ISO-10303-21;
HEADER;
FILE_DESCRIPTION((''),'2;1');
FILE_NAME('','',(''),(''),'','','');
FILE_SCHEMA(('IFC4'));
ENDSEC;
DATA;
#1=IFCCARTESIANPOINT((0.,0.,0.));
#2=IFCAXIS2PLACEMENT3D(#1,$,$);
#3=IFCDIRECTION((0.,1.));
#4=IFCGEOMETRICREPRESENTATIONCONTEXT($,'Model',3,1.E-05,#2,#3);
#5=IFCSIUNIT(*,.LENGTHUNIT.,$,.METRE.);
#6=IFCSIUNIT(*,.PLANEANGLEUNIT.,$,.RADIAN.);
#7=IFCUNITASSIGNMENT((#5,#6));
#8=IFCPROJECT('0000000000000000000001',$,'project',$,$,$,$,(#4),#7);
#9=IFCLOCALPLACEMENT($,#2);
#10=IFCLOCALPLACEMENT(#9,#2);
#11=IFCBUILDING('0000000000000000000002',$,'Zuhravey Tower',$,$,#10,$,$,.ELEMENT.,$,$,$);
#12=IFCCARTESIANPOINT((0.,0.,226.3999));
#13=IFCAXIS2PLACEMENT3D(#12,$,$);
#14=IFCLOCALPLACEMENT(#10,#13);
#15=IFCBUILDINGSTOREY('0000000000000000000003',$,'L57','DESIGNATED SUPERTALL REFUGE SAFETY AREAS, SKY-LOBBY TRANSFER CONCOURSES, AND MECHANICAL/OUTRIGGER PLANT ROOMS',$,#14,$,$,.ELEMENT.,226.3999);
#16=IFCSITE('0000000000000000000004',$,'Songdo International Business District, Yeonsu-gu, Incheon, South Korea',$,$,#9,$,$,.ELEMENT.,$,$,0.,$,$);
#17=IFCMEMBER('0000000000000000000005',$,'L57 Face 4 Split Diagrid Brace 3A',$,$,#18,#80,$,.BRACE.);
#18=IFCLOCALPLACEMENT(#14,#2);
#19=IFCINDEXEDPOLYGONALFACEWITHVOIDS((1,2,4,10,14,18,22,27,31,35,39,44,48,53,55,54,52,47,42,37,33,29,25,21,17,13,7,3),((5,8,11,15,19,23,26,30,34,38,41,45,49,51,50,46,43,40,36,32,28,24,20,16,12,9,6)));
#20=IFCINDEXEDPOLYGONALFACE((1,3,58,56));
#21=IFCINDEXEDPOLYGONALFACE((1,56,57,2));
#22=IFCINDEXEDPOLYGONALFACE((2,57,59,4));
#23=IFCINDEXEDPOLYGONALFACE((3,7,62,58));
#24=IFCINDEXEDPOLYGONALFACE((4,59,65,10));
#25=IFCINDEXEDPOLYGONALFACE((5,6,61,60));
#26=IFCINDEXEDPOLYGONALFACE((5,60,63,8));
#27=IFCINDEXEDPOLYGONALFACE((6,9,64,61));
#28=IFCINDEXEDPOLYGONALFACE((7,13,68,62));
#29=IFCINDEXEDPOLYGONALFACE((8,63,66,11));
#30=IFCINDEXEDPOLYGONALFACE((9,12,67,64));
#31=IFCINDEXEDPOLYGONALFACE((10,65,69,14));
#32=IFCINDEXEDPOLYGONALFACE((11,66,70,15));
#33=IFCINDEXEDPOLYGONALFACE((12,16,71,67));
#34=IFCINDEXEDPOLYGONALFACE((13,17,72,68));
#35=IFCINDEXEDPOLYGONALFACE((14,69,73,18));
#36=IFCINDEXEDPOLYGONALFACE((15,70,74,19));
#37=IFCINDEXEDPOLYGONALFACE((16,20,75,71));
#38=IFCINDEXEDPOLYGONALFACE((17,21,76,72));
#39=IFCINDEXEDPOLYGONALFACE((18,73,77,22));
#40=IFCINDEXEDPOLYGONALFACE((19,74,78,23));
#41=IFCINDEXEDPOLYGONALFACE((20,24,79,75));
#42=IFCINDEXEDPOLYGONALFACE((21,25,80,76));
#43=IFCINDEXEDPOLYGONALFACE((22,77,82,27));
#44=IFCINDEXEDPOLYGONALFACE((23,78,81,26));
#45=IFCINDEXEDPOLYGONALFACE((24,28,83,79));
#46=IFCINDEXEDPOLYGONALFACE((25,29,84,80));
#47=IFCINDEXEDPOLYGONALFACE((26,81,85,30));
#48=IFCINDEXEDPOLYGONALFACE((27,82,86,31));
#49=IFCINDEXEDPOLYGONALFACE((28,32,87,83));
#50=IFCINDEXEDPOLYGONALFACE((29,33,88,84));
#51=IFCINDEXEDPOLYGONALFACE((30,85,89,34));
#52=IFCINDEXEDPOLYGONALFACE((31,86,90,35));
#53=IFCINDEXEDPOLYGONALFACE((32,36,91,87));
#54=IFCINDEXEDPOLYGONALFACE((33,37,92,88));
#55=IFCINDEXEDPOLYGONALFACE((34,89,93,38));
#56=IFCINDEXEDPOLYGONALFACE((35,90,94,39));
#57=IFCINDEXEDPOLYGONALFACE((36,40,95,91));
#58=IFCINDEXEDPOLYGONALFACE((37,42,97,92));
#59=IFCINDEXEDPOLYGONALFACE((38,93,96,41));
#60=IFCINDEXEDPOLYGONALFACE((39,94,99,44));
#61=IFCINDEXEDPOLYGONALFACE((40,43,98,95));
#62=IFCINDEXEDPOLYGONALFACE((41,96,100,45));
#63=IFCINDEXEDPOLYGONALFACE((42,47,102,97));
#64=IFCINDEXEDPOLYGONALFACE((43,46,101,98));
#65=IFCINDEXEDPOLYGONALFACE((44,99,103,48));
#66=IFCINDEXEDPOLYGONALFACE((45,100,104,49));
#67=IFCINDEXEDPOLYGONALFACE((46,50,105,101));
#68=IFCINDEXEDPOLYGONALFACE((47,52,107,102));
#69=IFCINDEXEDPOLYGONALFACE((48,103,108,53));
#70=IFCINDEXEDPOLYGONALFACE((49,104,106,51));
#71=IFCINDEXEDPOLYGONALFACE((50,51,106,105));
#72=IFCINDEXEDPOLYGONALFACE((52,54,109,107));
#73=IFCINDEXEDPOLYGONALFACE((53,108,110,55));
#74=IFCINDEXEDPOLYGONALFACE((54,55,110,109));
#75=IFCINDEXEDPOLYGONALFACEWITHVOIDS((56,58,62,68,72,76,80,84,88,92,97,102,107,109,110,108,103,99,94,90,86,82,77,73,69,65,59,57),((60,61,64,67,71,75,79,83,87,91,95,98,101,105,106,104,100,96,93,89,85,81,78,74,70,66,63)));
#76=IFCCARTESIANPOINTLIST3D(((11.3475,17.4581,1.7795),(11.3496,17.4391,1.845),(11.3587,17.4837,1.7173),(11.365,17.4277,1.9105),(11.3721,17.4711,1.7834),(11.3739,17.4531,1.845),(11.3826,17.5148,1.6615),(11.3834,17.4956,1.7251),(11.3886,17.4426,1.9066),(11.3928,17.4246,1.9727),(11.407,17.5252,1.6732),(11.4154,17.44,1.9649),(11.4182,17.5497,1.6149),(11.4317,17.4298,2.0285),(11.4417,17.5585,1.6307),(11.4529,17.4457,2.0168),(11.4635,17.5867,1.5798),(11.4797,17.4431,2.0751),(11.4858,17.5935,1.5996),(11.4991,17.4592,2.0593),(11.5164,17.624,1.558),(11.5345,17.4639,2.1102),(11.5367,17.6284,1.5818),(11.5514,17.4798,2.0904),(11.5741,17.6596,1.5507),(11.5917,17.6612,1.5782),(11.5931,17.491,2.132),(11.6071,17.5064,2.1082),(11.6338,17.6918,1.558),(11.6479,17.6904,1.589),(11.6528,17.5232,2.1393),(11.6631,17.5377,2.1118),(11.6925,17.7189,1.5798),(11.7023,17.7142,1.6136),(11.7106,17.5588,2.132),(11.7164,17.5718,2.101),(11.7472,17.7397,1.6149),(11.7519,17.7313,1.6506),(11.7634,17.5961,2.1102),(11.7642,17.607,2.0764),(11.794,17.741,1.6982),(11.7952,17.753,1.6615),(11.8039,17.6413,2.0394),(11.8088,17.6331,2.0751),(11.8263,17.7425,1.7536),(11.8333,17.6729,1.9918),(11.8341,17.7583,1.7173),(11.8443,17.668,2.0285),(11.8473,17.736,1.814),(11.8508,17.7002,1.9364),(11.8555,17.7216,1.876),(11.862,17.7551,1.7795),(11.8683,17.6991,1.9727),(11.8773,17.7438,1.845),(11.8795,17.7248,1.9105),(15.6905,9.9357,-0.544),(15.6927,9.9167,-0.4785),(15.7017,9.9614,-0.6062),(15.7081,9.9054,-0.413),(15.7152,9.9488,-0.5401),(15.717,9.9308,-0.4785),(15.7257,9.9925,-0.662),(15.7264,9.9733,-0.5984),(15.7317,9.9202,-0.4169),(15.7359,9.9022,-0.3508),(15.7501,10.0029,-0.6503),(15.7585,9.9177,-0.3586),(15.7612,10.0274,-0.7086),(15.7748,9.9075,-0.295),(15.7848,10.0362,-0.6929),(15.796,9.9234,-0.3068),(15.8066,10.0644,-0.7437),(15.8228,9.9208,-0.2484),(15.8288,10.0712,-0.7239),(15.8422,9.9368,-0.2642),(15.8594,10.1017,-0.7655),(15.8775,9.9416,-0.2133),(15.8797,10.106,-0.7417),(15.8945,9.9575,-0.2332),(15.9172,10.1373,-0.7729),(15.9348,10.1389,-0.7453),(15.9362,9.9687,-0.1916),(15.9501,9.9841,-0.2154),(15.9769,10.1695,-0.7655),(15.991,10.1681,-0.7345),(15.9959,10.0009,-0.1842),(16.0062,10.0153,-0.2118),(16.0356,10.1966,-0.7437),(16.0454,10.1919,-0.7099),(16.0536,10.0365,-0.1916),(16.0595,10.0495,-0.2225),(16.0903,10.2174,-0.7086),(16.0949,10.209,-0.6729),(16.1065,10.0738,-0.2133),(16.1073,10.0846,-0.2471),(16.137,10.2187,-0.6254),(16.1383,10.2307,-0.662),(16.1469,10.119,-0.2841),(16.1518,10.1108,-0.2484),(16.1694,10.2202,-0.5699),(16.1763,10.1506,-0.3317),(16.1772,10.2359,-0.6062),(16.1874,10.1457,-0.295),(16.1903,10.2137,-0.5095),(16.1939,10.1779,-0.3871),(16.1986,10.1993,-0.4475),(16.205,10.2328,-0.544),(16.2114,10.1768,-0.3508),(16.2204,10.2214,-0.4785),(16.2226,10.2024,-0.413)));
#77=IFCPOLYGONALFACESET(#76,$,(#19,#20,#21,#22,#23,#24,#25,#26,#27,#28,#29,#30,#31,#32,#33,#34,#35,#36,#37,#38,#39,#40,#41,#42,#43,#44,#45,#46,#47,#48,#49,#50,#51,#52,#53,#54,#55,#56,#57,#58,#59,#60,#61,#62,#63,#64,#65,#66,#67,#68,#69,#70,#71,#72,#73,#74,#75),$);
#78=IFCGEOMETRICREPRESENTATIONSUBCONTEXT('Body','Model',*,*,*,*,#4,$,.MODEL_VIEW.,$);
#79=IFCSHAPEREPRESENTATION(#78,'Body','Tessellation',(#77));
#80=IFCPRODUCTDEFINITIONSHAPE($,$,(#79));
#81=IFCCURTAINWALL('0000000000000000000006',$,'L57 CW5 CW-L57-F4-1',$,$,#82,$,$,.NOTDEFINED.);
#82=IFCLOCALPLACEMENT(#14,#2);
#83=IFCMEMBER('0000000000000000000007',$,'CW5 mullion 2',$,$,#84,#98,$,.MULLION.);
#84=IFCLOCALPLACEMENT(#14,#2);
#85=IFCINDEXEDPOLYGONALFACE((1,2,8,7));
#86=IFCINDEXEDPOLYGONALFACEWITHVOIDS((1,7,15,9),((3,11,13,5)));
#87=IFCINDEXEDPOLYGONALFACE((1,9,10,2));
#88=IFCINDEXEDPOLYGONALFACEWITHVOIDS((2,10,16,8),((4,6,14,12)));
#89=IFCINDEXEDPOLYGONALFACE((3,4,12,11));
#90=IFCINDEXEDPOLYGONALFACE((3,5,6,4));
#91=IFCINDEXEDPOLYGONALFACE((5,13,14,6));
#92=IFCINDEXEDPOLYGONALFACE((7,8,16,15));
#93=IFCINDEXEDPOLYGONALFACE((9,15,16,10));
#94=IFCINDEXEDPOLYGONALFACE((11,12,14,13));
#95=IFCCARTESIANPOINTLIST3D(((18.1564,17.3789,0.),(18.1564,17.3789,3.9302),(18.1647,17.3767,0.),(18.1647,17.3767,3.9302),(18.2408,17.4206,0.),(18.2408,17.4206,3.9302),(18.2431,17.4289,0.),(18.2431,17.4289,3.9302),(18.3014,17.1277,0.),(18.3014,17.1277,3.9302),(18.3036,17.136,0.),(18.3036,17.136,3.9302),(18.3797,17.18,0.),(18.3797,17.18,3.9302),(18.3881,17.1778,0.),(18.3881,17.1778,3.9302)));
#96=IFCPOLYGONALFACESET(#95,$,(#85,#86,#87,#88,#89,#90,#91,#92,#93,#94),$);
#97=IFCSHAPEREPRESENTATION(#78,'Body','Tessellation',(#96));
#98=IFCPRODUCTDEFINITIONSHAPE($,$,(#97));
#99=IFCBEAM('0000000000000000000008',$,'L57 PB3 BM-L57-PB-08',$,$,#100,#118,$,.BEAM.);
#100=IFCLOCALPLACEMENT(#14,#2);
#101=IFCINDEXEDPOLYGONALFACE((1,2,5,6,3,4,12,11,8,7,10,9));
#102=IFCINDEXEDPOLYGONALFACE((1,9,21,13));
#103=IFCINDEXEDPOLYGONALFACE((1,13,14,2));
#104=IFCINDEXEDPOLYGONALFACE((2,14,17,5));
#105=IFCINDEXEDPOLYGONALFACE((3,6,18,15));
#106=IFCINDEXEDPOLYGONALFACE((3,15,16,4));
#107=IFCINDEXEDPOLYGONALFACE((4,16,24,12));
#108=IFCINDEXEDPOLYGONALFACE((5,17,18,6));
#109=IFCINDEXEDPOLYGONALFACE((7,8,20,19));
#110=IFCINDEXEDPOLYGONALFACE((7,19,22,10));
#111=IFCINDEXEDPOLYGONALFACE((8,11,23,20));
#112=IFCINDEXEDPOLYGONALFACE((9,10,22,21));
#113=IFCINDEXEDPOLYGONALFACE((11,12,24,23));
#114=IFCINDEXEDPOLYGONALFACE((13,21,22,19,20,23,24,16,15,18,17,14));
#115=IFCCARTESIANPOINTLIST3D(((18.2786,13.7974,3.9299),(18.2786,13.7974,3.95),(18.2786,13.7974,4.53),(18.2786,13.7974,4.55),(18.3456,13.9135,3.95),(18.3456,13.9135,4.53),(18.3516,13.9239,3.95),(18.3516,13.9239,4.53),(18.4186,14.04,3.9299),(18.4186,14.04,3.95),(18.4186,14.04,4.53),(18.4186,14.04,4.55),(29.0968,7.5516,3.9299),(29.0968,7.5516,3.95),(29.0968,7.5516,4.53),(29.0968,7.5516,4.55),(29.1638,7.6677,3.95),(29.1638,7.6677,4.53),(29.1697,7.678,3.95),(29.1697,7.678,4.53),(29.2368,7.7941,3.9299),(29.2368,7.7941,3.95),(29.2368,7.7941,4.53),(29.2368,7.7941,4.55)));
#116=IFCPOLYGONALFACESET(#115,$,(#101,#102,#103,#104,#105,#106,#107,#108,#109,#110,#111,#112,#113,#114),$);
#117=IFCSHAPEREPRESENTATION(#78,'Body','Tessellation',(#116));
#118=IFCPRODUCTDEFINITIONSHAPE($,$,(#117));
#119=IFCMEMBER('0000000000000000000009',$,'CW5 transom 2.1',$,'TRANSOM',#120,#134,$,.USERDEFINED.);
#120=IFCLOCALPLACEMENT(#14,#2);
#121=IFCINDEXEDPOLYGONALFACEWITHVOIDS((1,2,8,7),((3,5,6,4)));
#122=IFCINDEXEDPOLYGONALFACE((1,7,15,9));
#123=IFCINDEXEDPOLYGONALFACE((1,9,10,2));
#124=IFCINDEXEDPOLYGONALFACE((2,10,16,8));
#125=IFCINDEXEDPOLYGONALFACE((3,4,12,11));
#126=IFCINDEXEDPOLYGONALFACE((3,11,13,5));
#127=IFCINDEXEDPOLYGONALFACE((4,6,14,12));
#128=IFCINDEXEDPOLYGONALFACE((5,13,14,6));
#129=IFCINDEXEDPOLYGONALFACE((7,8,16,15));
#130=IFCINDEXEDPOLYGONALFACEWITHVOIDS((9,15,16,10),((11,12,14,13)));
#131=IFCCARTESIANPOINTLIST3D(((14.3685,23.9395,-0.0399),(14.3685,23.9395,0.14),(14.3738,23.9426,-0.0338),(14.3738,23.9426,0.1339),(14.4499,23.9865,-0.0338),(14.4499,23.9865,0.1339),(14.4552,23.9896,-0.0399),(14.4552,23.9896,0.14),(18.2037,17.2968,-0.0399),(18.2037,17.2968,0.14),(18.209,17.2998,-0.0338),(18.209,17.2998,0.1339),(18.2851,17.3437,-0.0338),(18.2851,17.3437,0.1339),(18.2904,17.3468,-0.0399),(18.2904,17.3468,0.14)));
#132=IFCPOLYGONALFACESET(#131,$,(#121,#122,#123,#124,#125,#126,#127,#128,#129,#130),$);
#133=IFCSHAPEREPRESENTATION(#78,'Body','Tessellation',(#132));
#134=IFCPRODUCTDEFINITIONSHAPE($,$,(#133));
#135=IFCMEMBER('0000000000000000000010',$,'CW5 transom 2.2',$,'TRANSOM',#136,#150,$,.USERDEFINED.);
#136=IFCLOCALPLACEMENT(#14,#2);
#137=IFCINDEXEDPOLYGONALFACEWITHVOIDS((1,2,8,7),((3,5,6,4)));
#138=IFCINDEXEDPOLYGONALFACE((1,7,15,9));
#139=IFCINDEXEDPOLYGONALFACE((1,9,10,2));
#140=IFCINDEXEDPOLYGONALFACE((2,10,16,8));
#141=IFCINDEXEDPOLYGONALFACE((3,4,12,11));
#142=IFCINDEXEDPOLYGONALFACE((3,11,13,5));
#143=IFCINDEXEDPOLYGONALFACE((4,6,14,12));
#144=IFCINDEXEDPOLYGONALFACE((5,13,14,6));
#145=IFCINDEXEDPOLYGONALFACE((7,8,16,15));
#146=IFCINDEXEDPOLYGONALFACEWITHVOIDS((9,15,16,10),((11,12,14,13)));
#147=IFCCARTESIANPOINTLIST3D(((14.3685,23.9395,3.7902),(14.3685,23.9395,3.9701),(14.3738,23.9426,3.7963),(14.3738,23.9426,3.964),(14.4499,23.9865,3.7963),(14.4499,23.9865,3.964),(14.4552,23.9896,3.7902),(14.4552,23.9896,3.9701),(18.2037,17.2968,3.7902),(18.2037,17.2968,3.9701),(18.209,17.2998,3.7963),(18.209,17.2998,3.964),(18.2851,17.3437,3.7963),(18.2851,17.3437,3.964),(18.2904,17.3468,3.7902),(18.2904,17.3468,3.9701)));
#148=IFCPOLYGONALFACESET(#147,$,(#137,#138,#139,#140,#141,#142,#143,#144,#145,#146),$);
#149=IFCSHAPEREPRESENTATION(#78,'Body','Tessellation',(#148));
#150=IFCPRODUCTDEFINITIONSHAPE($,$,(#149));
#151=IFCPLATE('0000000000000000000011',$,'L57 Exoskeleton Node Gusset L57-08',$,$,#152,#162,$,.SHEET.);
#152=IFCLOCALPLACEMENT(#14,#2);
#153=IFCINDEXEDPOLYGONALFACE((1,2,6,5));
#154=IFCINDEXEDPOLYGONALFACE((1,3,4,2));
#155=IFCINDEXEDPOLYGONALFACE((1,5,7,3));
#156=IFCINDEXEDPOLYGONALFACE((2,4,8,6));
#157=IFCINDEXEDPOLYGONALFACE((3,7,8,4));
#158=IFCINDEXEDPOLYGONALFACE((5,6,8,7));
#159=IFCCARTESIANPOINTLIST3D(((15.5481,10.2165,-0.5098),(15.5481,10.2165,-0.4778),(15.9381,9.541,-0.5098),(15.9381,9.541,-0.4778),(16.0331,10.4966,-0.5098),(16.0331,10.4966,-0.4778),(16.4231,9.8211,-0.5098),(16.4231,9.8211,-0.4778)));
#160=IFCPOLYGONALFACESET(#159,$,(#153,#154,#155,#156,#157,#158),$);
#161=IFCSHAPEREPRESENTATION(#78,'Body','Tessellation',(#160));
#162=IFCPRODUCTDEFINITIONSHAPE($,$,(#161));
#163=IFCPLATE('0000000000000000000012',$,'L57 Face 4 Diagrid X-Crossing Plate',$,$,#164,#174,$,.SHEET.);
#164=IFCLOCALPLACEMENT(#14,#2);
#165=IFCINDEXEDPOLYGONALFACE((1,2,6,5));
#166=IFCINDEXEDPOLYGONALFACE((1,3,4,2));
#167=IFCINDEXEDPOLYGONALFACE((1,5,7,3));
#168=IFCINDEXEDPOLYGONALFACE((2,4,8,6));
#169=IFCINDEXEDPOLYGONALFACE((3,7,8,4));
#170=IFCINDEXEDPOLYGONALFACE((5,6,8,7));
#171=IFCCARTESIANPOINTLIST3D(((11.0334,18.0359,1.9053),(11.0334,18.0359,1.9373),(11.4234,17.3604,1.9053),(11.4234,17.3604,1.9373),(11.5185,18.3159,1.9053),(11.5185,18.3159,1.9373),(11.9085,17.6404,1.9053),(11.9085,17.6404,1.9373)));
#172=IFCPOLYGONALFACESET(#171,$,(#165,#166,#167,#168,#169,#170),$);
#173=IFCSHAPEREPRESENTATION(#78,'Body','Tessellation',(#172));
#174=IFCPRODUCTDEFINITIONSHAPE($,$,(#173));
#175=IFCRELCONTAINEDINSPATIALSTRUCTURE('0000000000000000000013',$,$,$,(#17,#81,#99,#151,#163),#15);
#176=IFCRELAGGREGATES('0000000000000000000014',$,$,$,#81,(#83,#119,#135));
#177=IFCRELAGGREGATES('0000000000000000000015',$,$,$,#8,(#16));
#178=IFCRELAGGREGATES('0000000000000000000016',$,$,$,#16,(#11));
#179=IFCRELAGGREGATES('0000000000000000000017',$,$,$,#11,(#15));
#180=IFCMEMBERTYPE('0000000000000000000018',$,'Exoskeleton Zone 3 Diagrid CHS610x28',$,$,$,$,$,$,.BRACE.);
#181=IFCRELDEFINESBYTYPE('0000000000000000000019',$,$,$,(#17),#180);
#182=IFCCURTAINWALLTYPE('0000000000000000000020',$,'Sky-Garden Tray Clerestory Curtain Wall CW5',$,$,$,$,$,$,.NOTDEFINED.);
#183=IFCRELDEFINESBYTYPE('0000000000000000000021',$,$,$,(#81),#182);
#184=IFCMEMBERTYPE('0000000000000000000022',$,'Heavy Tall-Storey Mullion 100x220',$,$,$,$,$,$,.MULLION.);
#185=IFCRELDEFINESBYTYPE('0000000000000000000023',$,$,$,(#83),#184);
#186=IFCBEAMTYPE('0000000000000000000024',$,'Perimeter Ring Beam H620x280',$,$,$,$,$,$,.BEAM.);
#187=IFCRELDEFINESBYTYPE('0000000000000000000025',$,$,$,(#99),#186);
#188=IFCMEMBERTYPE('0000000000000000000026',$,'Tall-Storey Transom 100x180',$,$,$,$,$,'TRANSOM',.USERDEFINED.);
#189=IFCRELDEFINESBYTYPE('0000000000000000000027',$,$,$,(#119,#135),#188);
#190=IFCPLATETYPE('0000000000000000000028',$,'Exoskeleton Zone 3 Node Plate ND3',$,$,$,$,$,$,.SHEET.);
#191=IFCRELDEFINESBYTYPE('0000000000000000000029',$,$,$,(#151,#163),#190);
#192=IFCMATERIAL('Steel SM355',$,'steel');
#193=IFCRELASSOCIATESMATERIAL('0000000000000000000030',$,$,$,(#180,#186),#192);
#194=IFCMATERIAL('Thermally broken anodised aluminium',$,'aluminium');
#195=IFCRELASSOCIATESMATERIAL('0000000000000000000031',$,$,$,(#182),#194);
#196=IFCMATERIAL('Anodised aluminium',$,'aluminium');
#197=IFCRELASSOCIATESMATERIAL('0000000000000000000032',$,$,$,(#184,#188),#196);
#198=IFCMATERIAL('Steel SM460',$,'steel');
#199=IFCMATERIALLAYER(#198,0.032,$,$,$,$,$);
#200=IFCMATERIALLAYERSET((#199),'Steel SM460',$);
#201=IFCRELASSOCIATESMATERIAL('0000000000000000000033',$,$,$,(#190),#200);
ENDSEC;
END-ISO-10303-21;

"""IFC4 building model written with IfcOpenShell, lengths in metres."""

from ifc_helpers import new_model, si_unit, direction, frame, origin, origin_2d, place, context, subcontext, project, spatial, rectangle, hollow_rectangle, hollow_circle, i_section, extrude, material, layer, layer_set, material_profile, profile_set, type_object, element, aggregate, save


model = new_model("IFC4")

# Units and contexts
model_context = context("Model", 3, precision=1e-05, world=origin(), true_north=direction((0.0, 1.0)))
body_context = subcontext(model_context, "Body", "Model", "MODEL_VIEW")
ifc_project = project(units=[si_unit("LENGTHUNIT", "METRE"), si_unit("PLANEANGLEUNIT", "RADIAN")], contexts=[model_context])

# Site, building, storey
site_placement = place(None, origin())
site = spatial("IfcSite", under=ifc_project, at=site_placement, Name="Songdo International Business District, Yeonsu-gu, Incheon, South Korea", CompositionType="ELEMENT", RefElevation=0.0)
building_placement = place(site_placement, origin())
building = spatial("IfcBuilding", under=site, at=building_placement, Name="Zuhravey Tower", CompositionType="ELEMENT")
storey_placement = place(building_placement, frame((0.0, 0.0, 226.3999)))
storey = spatial("IfcBuildingStorey", under=building, at=storey_placement, Name="L57", Description="DESIGNATED SUPERTALL REFUGE SAFETY AREAS, SKY-LOBBY TRANSFER CONCOURSES, AND MECHANICAL/OUTRIGGER PLANT ROOMS", CompositionType="ELEMENT", Elevation=226.3999)

# Shared definitions
ifc_material_1 = material(Name="Steel SM355", Category="steel")

# Shared definitions
ifc_material_2 = material(Name="Steel SM460", Category="steel")

# Member
ifc_material_profile_1 = material_profile(ifc_material_1, hollow_circle(Radius=0.3047, WallThickness=0.0281, at=origin_2d()), Name="CHS-609.6x28")
ifc_profile_set_1 = profile_set([ifc_material_profile_1], Name="Steel SM355")
member_type_1 = type_object("IfcMemberType", Name="Exoskeleton Zone 3 Diagrid CHS610x28", PredefinedType="BRACE", material=ifc_profile_set_1)
member_1_placement = place(storey_placement, frame((15.9565, 10.0691, -0.4785), z_axis=(-0.483022, 0.836607, 0.258414), x_axis=(-0.866022, -0.500005, 0.0)))
element("IfcMember", 1, at=member_1_placement, inside=storey, type_object=member_type_1, Name="L57 Face 4 Split Diagrid Brace 3A", PredefinedType="BRACE", context=body_context, shape_type="SweptSolid", body=[
    extrude(hollow_circle(Radius=0.3047, WallThickness=0.0281, at=origin_2d()), origin(), (0.0, 0.0, 1.0), 8.9915),
])

# Curtain wall, member
ifc_material_3 = material(Name="Thermally broken anodised aluminium", Category="aluminium")
curtain_wall_type = type_object("IfcCurtainWallType", Name="Sky-Garden Tray Clerestory Curtain Wall CW5", PredefinedType="NOTDEFINED", material=ifc_material_3)
curtain_wall_placement = place(storey_placement, origin())
curtain_wall = element("IfcCurtainWall", 2, at=curtain_wall_placement, inside=storey, type_object=curtain_wall_type, Name="L57 CW5 CW-L57-F4-1", PredefinedType="NOTDEFINED")
ifc_material_4 = material(Name="Anodised aluminium", Category="aluminium")
ifc_material_profile_2 = material_profile(ifc_material_4, hollow_rectangle(XDim=0.1001, YDim=0.29, WallThickness=0.0061, at=origin_2d()), Name="ALU-RHS-100x290x6")
ifc_profile_set_2 = profile_set([ifc_material_profile_2], Name="Anodised aluminium")
member_type_2 = type_object("IfcMemberType", Name="Heavy Tall-Storey Mullion 100x220", PredefinedType="MULLION", material=ifc_profile_set_2)
member_2_placement = place(storey_placement, frame((18.2722, 17.2783, 0.0), z_axis=(0.0, 0.0, 1.0), x_axis=(-0.866025, -0.5, 0.0)))
member_2 = element("IfcMember", 3, at=member_2_placement, type_object=member_type_2, Name="CW5 mullion 2", PredefinedType="MULLION", context=body_context, shape_type="SweptSolid", body=[
    extrude(hollow_rectangle(XDim=0.1001, YDim=0.29, WallThickness=0.0061, at=origin_2d()), origin(), (0.0, 0.0, 1.0), 3.9302),
])

# Beam
ifc_material_profile_3 = material_profile(ifc_material_1, i_section(OverallWidth=0.28, OverallDepth=0.6201, WebThickness=0.012, FlangeThickness=0.02, at=origin_2d()), Name="H-620x280x12x20")
ifc_profile_set_3 = profile_set([ifc_material_profile_3], Name="Steel SM355")
beam_type_1 = type_object("IfcBeamType", Name="Perimeter Ring Beam H620x280", PredefinedType="BEAM", material=ifc_profile_set_3)
beam_1_placement = place(storey_placement, frame((18.3486, 13.9187, 4.24), z_axis=(0.866025, -0.5, 0.0), x_axis=(0.5, 0.866025, 0.0)))
element("IfcBeam", 4, at=beam_1_placement, inside=storey, type_object=beam_type_1, Name="L57 PB3 BM-L57-PB-08", PredefinedType="BEAM", context=body_context, shape_type="SweptSolid", body=[
    extrude(i_section(OverallWidth=0.28, OverallDepth=0.6201, WebThickness=0.012, FlangeThickness=0.02, at=origin_2d()), origin(), (0.0, 0.0, 1.0), 12.4917),
])

# Members
ifc_material_profile_4 = material_profile(ifc_material_4, hollow_rectangle(XDim=0.1001, YDim=0.1799, WallThickness=0.0061, at=origin_2d()), Name="ALU-RHS-100x180x6")
ifc_profile_set_4 = profile_set([ifc_material_profile_4], Name="Anodised aluminium")
member_type_3 = type_object("IfcMemberType", Name="Tall-Storey Transom 100x180", ElementType="TRANSOM", PredefinedType="USERDEFINED", material=ifc_profile_set_4)
member_3_placement = place(storey_placement, frame((18.2471, 17.3218, 0.05), z_axis=(-0.499997, 0.866027, 0.0), x_axis=(-0.866027, -0.499997, 0.0)))
member_3 = element("IfcMember", 5, at=member_3_placement, type_object=member_type_3, Name="CW5 transom 2.1", ObjectType="TRANSOM", PredefinedType="USERDEFINED", context=body_context, shape_type="SweptSolid", body=[
    extrude(hollow_rectangle(XDim=0.1001, YDim=0.1799, WallThickness=0.0061, at=origin_2d()), origin(), (0.0, 0.0, 1.0), 7.6704),
])
member_4_placement = place(storey_placement, frame((18.2471, 17.3218, 3.8801), z_axis=(-0.499997, 0.866027, 0.0), x_axis=(-0.866027, -0.499997, 0.0)))
member_4 = element("IfcMember", 6, at=member_4_placement, type_object=member_type_3, Name="CW5 transom 2.2", ObjectType="TRANSOM", PredefinedType="USERDEFINED", context=body_context, shape_type="SweptSolid", body=[
    extrude(hollow_rectangle(XDim=0.1001, YDim=0.1799, WallThickness=0.0061, at=origin_2d()), origin(), (0.0, 0.0, 1.0), 7.6704),
])
aggregate(curtain_wall, [member_2, member_3, member_4])

# Plates
ifc_layer_1 = layer(ifc_material_2, 0.032)
ifc_layer_set_1 = layer_set([ifc_layer_1], Name="Steel SM460")
plate_type = type_object("IfcPlateType", Name="Exoskeleton Zone 3 Node Plate ND3", PredefinedType="SHEET", material=ifc_layer_set_1)
for number, where, z_axis, x_axis, name in (
    (7, (15.9856, 10.0188, -0.5098), (0.0, 0.0, 1.0), (0.5, -0.866025, 0.0), "L57 Exoskeleton Node Gusset L57-08"),
    (8, (11.4709, 17.8381, 1.9053), (0.0, 0.0, 1.0), (0.5, -0.866025, 0.0), "L57 Face 4 Diagrid X-Crossing Plate"),
):
    element("IfcPlate", number, at=place(storey_placement, frame(where, z_axis=z_axis, x_axis=x_axis)), inside=storey, type_object=plate_type, Name=name, PredefinedType="SHEET", context=body_context, shape_type="SweptSolid", body=[
        extrude(rectangle(XDim=0.78, YDim=0.5601, at=origin_2d()), origin(), (0.0, 0.0, 1.0), 0.032),
    ])

save(model, "model.ifc")
